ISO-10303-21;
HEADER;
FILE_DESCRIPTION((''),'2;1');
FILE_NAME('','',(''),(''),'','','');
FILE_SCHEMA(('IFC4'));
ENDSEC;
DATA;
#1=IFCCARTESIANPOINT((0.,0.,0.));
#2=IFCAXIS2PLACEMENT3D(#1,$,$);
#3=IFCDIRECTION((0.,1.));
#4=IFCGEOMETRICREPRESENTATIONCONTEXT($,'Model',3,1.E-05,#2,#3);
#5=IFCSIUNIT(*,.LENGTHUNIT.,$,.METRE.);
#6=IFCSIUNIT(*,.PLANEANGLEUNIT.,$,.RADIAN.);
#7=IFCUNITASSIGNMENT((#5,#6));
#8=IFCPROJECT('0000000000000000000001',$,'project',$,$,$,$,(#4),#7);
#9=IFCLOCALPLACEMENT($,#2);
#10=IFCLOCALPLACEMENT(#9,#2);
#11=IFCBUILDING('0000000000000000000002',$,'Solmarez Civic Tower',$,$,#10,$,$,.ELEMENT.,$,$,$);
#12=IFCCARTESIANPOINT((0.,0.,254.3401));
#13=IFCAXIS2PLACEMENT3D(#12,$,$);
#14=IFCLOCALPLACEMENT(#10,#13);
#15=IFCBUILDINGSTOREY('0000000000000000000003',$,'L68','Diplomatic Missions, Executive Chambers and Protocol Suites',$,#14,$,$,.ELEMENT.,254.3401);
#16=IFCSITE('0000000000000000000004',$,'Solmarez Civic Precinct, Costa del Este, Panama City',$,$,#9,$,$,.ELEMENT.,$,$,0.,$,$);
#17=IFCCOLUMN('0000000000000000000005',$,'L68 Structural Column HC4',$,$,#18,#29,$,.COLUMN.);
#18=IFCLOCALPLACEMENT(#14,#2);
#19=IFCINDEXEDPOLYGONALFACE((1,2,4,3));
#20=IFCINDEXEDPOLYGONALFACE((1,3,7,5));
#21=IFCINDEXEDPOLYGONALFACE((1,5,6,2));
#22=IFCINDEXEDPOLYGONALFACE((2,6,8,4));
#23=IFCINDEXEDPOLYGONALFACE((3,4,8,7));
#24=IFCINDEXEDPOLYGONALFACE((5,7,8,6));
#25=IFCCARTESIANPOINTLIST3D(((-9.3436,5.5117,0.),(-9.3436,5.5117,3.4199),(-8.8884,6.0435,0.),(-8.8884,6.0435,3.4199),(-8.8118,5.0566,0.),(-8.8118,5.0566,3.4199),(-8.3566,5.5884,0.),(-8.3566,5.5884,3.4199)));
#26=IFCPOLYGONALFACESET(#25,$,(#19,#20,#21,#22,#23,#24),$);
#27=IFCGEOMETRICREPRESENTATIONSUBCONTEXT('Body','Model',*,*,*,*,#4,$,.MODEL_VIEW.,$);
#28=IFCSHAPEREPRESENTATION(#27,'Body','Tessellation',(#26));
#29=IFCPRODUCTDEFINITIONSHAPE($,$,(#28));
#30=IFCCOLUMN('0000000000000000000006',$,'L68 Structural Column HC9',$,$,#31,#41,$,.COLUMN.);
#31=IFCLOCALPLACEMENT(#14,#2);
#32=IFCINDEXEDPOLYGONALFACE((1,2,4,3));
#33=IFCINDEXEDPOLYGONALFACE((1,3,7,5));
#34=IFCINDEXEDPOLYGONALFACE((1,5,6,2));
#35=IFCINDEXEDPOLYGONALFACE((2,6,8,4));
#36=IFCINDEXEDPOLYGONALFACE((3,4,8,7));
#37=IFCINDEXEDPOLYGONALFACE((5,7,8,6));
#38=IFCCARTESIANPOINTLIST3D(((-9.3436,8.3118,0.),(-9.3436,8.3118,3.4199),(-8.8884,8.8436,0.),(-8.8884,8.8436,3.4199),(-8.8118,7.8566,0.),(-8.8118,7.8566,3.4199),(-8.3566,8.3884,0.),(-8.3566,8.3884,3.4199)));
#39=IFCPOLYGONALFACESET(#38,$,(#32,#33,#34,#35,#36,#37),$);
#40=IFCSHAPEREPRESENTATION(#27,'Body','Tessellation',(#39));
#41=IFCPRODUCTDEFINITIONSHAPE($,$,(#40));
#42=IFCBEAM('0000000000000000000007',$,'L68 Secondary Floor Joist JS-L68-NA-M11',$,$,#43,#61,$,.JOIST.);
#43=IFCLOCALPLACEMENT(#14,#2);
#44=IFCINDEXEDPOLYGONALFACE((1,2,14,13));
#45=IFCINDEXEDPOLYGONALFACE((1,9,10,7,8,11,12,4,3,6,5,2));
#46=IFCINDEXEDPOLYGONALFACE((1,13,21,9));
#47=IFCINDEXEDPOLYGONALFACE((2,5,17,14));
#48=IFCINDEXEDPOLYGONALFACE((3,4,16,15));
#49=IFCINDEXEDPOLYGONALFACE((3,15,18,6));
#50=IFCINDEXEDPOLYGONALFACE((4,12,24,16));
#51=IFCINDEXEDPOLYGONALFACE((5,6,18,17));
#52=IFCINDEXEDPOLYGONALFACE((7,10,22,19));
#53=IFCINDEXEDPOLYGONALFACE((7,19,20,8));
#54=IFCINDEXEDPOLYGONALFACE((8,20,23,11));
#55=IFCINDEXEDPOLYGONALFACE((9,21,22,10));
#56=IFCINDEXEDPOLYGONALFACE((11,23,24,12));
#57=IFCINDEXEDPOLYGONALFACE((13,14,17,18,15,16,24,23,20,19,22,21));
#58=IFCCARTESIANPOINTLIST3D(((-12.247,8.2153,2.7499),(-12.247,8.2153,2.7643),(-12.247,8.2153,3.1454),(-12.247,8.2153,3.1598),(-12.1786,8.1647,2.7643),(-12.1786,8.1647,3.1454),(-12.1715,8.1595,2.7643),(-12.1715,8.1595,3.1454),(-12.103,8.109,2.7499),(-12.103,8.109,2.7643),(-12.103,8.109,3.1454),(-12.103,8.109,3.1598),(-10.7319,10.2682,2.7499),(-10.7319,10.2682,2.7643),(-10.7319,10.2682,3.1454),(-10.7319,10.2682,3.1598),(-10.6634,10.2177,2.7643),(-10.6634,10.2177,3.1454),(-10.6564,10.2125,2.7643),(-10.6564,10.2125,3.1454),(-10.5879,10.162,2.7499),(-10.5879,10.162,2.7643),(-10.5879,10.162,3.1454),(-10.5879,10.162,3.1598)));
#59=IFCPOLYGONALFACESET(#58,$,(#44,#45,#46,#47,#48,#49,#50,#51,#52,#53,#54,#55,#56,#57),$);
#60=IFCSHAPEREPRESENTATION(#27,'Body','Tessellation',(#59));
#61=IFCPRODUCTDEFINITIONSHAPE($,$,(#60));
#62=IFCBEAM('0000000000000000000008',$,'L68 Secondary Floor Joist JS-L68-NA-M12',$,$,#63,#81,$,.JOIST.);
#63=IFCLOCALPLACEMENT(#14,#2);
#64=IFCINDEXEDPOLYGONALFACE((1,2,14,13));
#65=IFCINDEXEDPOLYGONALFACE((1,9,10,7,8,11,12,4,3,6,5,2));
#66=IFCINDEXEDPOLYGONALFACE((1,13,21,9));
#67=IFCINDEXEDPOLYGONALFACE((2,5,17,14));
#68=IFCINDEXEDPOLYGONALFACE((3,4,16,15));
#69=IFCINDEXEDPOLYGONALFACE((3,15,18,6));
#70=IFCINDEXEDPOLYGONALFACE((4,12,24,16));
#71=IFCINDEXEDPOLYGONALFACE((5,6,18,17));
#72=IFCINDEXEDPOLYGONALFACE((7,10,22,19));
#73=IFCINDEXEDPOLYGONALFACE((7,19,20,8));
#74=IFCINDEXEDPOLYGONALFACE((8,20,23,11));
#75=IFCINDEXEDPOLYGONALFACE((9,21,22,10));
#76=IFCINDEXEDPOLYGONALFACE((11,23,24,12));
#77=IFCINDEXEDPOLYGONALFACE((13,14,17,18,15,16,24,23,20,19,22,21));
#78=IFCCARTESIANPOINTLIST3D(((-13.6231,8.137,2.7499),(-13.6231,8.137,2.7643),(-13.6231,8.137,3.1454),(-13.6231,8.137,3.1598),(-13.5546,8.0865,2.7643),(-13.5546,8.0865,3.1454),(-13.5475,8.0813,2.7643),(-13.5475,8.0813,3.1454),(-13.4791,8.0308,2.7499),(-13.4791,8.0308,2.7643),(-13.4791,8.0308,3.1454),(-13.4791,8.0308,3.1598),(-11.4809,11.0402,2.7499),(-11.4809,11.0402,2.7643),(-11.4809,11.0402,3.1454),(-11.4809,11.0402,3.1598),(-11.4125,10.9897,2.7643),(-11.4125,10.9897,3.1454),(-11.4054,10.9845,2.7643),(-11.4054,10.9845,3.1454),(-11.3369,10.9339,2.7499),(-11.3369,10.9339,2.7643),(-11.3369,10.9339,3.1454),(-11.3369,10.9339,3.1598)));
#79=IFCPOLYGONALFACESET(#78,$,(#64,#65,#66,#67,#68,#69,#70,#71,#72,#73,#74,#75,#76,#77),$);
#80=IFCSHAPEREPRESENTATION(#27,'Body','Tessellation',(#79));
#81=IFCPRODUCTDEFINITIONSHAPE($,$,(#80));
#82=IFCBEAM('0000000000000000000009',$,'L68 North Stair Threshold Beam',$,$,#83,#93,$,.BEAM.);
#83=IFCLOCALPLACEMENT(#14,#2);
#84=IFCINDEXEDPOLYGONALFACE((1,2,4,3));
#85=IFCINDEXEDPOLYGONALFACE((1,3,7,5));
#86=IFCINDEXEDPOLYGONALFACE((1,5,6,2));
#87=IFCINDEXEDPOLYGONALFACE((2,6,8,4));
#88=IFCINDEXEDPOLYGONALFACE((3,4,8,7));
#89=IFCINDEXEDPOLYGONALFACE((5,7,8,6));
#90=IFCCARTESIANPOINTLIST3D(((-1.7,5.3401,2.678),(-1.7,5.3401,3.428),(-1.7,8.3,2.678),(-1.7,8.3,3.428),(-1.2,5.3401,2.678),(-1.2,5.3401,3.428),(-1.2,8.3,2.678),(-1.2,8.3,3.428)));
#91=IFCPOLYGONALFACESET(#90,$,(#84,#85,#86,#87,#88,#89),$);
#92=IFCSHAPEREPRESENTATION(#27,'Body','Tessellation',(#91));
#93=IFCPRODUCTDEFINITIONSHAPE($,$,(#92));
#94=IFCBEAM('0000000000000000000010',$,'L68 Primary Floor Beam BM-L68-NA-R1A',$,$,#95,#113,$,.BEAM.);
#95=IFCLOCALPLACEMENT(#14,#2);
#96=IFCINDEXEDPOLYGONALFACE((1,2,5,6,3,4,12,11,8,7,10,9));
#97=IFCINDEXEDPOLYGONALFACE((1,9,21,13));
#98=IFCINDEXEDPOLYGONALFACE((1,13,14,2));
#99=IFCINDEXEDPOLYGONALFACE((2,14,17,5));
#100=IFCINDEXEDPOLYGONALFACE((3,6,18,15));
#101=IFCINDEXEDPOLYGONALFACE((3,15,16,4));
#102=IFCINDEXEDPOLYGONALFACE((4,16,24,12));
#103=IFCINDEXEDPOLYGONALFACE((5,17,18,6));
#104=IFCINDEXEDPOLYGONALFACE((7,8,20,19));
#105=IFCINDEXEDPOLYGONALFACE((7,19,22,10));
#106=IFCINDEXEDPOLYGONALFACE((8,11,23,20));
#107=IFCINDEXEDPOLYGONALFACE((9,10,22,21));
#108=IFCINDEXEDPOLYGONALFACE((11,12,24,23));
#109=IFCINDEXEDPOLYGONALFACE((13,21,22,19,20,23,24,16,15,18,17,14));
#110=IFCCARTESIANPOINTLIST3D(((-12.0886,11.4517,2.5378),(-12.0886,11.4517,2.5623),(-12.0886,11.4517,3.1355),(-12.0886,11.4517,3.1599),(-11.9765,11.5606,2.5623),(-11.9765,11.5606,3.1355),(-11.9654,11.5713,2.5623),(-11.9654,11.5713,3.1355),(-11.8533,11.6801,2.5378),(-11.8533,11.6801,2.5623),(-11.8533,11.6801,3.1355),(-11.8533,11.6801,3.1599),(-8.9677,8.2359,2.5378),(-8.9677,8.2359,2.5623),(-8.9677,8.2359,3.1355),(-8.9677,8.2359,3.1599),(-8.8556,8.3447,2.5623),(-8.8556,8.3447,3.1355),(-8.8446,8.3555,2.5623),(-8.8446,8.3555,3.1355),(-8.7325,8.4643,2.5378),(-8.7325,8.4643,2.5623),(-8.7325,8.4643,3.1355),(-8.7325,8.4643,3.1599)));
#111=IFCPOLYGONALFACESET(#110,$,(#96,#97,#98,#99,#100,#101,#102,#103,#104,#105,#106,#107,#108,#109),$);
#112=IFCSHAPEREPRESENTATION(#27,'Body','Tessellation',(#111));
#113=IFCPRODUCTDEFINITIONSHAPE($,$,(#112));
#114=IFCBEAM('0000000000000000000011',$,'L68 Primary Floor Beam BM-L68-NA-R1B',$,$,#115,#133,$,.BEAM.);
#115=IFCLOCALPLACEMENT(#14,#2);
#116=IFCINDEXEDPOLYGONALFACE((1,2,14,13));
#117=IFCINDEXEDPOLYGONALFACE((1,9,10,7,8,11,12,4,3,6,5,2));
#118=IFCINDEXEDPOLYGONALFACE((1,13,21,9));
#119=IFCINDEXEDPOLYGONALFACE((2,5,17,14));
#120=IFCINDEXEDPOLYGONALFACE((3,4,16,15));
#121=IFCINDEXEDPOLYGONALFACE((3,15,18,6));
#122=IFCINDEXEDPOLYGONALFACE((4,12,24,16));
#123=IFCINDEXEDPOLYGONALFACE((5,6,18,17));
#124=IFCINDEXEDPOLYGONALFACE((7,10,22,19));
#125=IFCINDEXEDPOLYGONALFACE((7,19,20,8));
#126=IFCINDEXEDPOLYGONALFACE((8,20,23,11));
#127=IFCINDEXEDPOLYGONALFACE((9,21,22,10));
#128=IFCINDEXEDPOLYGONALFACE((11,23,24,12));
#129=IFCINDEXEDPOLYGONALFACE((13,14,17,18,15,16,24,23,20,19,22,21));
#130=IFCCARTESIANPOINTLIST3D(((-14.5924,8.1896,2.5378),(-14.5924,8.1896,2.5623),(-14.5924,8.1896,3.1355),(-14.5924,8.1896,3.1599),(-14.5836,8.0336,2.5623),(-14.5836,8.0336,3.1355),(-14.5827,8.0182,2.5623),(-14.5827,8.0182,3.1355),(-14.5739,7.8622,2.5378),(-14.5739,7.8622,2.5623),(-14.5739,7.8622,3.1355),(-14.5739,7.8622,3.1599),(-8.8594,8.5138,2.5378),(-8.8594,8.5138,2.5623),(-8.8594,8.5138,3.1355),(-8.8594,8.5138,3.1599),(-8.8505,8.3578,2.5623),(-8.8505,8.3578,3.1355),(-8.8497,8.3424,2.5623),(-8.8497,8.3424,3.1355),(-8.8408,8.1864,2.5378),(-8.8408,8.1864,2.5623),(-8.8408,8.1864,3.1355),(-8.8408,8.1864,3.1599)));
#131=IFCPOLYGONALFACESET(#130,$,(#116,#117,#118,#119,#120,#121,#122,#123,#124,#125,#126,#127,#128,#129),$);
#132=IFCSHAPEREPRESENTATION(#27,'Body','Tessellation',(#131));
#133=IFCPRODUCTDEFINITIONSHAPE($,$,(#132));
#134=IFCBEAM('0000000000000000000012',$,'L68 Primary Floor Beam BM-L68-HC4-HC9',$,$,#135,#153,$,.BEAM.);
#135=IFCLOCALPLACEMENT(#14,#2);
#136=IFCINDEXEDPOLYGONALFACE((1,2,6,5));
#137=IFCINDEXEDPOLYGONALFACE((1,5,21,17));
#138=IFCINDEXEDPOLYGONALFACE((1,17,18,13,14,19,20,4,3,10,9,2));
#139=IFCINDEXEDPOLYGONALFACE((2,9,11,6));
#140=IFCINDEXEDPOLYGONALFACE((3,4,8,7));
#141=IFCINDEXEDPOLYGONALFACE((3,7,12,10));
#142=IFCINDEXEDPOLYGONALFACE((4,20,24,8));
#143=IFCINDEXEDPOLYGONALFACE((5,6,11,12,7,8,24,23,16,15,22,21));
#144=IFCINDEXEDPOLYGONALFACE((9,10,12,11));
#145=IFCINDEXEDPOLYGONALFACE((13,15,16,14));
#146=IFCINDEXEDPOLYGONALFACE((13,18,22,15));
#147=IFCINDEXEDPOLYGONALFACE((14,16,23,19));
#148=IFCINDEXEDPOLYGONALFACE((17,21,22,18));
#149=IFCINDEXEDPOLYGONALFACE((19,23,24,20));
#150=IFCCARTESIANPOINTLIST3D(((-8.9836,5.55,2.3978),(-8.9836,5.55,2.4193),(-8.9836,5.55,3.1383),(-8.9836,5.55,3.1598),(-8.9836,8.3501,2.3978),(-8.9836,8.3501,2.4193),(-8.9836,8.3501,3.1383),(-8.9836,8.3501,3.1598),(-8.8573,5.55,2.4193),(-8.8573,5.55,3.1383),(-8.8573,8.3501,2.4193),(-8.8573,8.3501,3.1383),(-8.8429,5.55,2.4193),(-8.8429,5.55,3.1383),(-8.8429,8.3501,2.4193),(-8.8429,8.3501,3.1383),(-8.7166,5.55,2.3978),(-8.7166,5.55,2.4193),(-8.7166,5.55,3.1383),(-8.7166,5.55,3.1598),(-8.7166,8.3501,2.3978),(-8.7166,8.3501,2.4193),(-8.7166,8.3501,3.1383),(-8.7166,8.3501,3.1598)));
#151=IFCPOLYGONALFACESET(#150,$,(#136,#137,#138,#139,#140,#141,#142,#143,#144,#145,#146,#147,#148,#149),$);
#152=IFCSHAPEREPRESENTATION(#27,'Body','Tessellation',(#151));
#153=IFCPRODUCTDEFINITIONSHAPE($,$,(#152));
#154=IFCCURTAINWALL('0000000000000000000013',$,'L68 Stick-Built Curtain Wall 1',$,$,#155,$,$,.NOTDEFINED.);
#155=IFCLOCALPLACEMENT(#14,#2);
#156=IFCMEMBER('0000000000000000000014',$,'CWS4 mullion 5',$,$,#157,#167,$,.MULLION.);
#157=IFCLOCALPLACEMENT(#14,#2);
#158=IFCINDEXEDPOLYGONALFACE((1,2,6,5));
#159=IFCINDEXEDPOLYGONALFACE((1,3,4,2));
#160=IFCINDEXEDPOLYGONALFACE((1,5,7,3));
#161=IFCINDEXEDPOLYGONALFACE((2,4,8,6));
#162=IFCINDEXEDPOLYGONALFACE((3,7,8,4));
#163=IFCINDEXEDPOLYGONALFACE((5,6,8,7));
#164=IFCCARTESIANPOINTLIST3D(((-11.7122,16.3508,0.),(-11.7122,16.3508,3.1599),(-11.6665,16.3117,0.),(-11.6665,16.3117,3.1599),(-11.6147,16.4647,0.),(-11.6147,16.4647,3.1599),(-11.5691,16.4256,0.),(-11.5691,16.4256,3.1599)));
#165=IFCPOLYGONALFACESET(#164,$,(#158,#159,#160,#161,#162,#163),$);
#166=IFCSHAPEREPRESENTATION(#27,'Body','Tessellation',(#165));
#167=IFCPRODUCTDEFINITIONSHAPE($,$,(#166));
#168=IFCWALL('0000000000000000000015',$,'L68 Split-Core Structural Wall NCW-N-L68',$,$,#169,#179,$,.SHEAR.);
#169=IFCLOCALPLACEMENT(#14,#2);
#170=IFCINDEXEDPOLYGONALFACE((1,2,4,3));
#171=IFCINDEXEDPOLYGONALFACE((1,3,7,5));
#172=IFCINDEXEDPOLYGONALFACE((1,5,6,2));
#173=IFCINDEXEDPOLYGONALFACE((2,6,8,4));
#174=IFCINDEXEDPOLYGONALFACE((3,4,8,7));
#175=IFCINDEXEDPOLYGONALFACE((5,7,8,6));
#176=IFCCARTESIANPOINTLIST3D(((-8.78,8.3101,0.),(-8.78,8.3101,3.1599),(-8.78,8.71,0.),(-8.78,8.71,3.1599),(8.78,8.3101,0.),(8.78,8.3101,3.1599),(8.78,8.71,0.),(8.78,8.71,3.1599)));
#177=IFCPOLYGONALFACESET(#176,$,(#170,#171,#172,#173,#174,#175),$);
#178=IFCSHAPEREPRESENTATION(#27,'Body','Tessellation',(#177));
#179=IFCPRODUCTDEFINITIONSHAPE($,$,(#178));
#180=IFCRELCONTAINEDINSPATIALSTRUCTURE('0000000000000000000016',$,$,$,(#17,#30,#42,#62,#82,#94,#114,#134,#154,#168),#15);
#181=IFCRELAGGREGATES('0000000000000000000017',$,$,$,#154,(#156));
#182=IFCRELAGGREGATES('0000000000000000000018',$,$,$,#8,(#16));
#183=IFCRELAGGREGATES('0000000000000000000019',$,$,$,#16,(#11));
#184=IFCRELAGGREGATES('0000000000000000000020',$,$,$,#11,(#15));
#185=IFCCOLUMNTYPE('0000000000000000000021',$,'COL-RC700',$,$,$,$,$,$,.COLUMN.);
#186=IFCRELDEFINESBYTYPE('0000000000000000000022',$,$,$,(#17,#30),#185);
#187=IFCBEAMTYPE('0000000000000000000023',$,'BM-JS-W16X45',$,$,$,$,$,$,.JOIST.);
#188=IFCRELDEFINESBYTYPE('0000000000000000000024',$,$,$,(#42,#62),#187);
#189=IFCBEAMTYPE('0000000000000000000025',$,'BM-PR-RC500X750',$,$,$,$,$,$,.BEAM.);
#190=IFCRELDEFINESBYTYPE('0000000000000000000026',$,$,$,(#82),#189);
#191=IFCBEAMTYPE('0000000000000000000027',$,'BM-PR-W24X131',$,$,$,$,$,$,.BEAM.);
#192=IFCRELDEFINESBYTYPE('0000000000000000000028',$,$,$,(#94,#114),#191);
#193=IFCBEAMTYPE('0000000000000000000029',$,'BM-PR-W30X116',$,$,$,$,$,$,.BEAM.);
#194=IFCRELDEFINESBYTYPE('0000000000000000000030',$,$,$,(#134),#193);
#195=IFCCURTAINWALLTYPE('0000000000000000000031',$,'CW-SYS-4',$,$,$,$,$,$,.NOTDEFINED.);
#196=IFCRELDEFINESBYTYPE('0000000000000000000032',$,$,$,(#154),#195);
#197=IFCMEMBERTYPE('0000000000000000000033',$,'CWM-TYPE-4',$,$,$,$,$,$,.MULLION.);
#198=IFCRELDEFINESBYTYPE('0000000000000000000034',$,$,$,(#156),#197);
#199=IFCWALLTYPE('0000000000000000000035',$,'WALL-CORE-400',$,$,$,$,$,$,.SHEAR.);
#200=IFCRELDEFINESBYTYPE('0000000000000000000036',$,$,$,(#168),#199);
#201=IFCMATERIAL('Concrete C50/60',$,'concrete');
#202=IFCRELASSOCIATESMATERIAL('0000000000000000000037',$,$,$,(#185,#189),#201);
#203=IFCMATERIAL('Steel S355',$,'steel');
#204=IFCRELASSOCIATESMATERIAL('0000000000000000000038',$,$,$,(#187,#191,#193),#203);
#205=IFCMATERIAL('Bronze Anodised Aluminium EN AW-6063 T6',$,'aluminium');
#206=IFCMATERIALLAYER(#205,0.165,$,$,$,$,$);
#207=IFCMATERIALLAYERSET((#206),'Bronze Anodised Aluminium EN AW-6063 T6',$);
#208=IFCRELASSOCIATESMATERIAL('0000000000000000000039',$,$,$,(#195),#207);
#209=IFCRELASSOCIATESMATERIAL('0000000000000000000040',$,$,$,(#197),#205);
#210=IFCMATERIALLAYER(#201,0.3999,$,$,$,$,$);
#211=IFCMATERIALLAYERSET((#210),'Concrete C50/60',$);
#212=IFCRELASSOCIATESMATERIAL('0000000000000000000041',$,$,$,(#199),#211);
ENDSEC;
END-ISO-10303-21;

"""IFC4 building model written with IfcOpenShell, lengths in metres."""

from ifc_helpers import new_model, si_unit, direction, frame, frame_2d, origin, origin_2d, place, context, subcontext, project, spatial, rectangle, i_section, extrude, material, layer, layer_set, material_profile, profile_set, type_object, element, aggregate, save


model = new_model("IFC4")

# Units and contexts
model_context = context("Model", 3, precision=1e-05, world=origin(), true_north=direction((0.0, 1.0)))
body_context = subcontext(model_context, "Body", "Model", "MODEL_VIEW")
ifc_project = project(units=[si_unit("LENGTHUNIT", "METRE"), si_unit("PLANEANGLEUNIT", "RADIAN")], contexts=[model_context])

# Site, building, storey
site_placement = place(None, origin())
site = spatial("IfcSite", under=ifc_project, at=site_placement, Name="Solmarez Civic Precinct, Costa del Este, Panama City", CompositionType="ELEMENT", RefElevation=0.0)
building_placement = place(site_placement, origin())
building = spatial("IfcBuilding", under=site, at=building_placement, Name="Solmarez Civic Tower", CompositionType="ELEMENT")
storey_placement = place(building_placement, frame((0.0, 0.0, 254.3401)))
storey = spatial("IfcBuildingStorey", under=building, at=storey_placement, Name="L68", Description="Diplomatic Missions, Executive Chambers and Protocol Suites", CompositionType="ELEMENT", Elevation=254.3401)

# Columns
ifc_material_1 = material(Name="Concrete C50/60", Category="concrete")
ifc_material_profile_1 = material_profile(ifc_material_1, rectangle(XDim=0.7, YDim=0.7, at=origin_2d()), Name="RC700X700")
ifc_profile_set_1 = profile_set([ifc_material_profile_1], Name="Concrete C50/60")
column_type = type_object("IfcColumnType", Name="COL-RC700", PredefinedType="COLUMN", material=ifc_profile_set_1)
for number, where, z_axis, x_axis, name in (
    (1, (-8.8501, 5.55, 0.0), (0.0, 0.0, 1.0), (0.650244, 0.759725, 0.0), "L68 Structural Column HC4"),
    (2, (-8.8501, 8.3501, 0.0), (0.0, 0.0, 1.0), (0.650244, 0.759725, 0.0), "L68 Structural Column HC9"),
):
    element("IfcColumn", number, at=place(storey_placement, frame(where, z_axis=z_axis, x_axis=x_axis)), inside=storey, type_object=column_type, Name=name, PredefinedType="COLUMN", context=body_context, shape_type="SweptSolid", body=[
        extrude(rectangle(XDim=0.7, YDim=0.7, at=origin_2d()), origin(), (0.0, 0.0, 1.0), 3.4199),
    ])

# Beams
ifc_material_2 = material(Name="Steel S355", Category="steel")
ifc_material_profile_2 = material_profile(ifc_material_2, i_section(OverallWidth=0.179, OverallDepth=0.4099, WebThickness=0.0088, FlangeThickness=0.0144, at=origin_2d()), Name="W16X45")
ifc_profile_set_2 = profile_set([ifc_material_profile_2], Name="Steel S355")
beam_type_1 = type_object("IfcBeamType", Name="BM-JS-W16X45", PredefinedType="JOIST", material=ifc_profile_set_2)
beam_1_placement = place(storey_placement, frame((-10.6599, 10.2151, 2.9548), z_axis=(-0.593812, -0.804603, 0.0), x_axis=(0.804603, -0.593812, 0.0)))
element("IfcBeam", 3, at=beam_1_placement, inside=storey, type_object=beam_type_1, Name="L68 Secondary Floor Joist JS-L68-NA-M11", PredefinedType="JOIST", context=body_context, shape_type="SweptSolid", body=[
    extrude(i_section(OverallWidth=0.179, OverallDepth=0.4099, WebThickness=0.0088, FlangeThickness=0.0144, at=origin_2d()), origin(), (0.0, 0.0, 1.0), 2.5515),
])
beam_2_placement = place(storey_placement, frame((-11.4089, 10.9871, 2.9548), z_axis=(-0.593734, -0.804661, 0.0), x_axis=(0.804661, -0.593734, 0.0)))
element("IfcBeam", 4, at=beam_2_placement, inside=storey, type_object=beam_type_1, Name="L68 Secondary Floor Joist JS-L68-NA-M12", PredefinedType="JOIST", context=body_context, shape_type="SweptSolid", body=[
    extrude(i_section(OverallWidth=0.179, OverallDepth=0.4099, WebThickness=0.0088, FlangeThickness=0.0144, at=origin_2d()), origin(), (0.0, 0.0, 1.0), 3.6079),
])
ifc_material_profile_3 = material_profile(ifc_material_1, rectangle(XDim=0.5, YDim=0.75, at=origin_2d()), Name="RC500X750")
ifc_profile_set_3 = profile_set([ifc_material_profile_3], Name="Concrete C50/60")
beam_type_2 = type_object("IfcBeamType", Name="BM-PR-RC500X750", PredefinedType="BEAM", material=ifc_profile_set_3)
beam_3_placement = place(storey_placement, frame((-1.45, 5.3401, 3.053), z_axis=(0.0, 1.0, 0.0), x_axis=(-1.0, 0.0, 0.0)))
element("IfcBeam", 5, at=beam_3_placement, inside=storey, type_object=beam_type_2, Name="L68 North Stair Threshold Beam", PredefinedType="BEAM", context=body_context, shape_type="SweptSolid", body=[
    extrude(rectangle(XDim=0.5, YDim=0.75, at=origin_2d()), origin(), (0.0, 0.0, 1.0), 2.96),
])
ifc_material_profile_4 = material_profile(ifc_material_2, i_section(OverallWidth=0.3279, OverallDepth=0.6221, WebThickness=0.0154, FlangeThickness=0.0244, at=origin_2d()), Name="W24X131")
ifc_profile_set_4 = profile_set([ifc_material_profile_4], Name="Steel S355")
beam_type_3 = type_object("IfcBeamType", Name="BM-PR-W24X131", PredefinedType="BEAM", material=ifc_profile_set_4)
beam_4_placement = place(storey_placement, frame((-8.8501, 8.3501, 2.8489), z_axis=(-0.696431, 0.717624, 0.0), x_axis=(-0.717624, -0.696431, 0.0)))
element("IfcBeam", 6, at=beam_4_placement, inside=storey, type_object=beam_type_3, Name="L68 Primary Floor Beam BM-L68-NA-R1A", PredefinedType="BEAM", context=body_context, shape_type="SweptSolid", body=[
    extrude(i_section(OverallWidth=0.3279, OverallDepth=0.6221, WebThickness=0.0154, FlangeThickness=0.0244, at=origin_2d()), origin(), (0.0, 0.0, 1.0), 4.4812),
])
beam_5_placement = place(storey_placement, frame((-8.8501, 8.3501, 2.8489), z_axis=(-0.998405, -0.056464, 0.0), x_axis=(0.056464, -0.998405, 0.0)))
element("IfcBeam", 7, at=beam_5_placement, inside=storey, type_object=beam_type_3, Name="L68 Primary Floor Beam BM-L68-NA-R1B", PredefinedType="BEAM", context=body_context, shape_type="SweptSolid", body=[
    extrude(i_section(OverallWidth=0.3279, OverallDepth=0.6221, WebThickness=0.0154, FlangeThickness=0.0244, at=origin_2d()), origin(), (0.0, 0.0, 1.0), 5.7422),
])
ifc_material_profile_5 = material_profile(ifc_material_2, i_section(OverallWidth=0.2671, OverallDepth=0.762, WebThickness=0.0144, FlangeThickness=0.0215, at=origin_2d()), Name="W30X116")
ifc_profile_set_5 = profile_set([ifc_material_profile_5], Name="Steel S355")
beam_type_4 = type_object("IfcBeamType", Name="BM-PR-W30X116", PredefinedType="BEAM", material=ifc_profile_set_5)
beam_6_placement = place(storey_placement, frame((-8.8501, 5.55, 2.7788), z_axis=(0.0, 1.0, 0.0), x_axis=(-1.0, 0.0, 0.0)))
element("IfcBeam", 8, at=beam_6_placement, inside=storey, type_object=beam_type_4, Name="L68 Primary Floor Beam BM-L68-HC4-HC9", PredefinedType="BEAM", context=body_context, shape_type="SweptSolid", body=[
    extrude(i_section(OverallWidth=0.2671, OverallDepth=0.762, WebThickness=0.0144, FlangeThickness=0.0215, at=origin_2d()), origin(), (0.0, 0.0, 1.0), 2.8),
])

# Curtain wall, member
ifc_material_3 = material(Name="Bronze Anodised Aluminium EN AW-6063 T6", Category="aluminium")
ifc_layer_1 = layer(ifc_material_3, 0.165)
ifc_layer_set_1 = layer_set([ifc_layer_1], Name="Bronze Anodised Aluminium EN AW-6063 T6")
curtain_wall_type = type_object("IfcCurtainWallType", Name="CW-SYS-4", PredefinedType="NOTDEFINED", material=ifc_layer_set_1)
curtain_wall_placement = place(storey_placement, origin())
curtain_wall = element("IfcCurtainWall", 9, at=curtain_wall_placement, inside=storey, type_object=curtain_wall_type, Name="L68 Stick-Built Curtain Wall 1", PredefinedType="NOTDEFINED")
ifc_material_profile_6 = material_profile(ifc_material_3, rectangle(XDim=0.0601, YDim=0.1499, at=origin_2d()), Name="CWM-60X150")
ifc_profile_set_6 = profile_set([ifc_material_profile_6], Name="Bronze Anodised Aluminium EN AW-6063 T6")
member_type = type_object("IfcMemberType", Name="CWM-TYPE-4", PredefinedType="MULLION", material=ifc_profile_set_6)
member_placement = place(storey_placement, frame((-11.6406, 16.3882, 0.0), z_axis=(0.0, 0.0, 1.0), x_axis=(-0.75975, 0.650215, 0.0)))
member = element("IfcMember", 10, at=member_placement, type_object=member_type, Name="CWS4 mullion 5", PredefinedType="MULLION", context=body_context, shape_type="SweptSolid", body=[
    extrude(rectangle(XDim=0.0601, YDim=0.1499, at=origin_2d()), origin(), (0.0, 0.0, 1.0), 3.1599),
])
aggregate(curtain_wall, [member])

# Wall
ifc_layer_2 = layer(ifc_material_1, 0.3999)
ifc_layer_set_2 = layer_set([ifc_layer_2], Name="Concrete C50/60")
wall_type_1 = type_object("IfcWallType", Name="WALL-CORE-400", PredefinedType="SHEAR", material=ifc_layer_set_2)
wall_1_placement = place(storey_placement, frame((-8.78, 8.51, 0.0), z_axis=(0.0, 0.0, 1.0), x_axis=(1.0, 0.0, 0.0)))
element("IfcWall", 11, at=wall_1_placement, inside=storey, type_object=wall_type_1, Name="L68 Split-Core Structural Wall NCW-N-L68", PredefinedType="SHEAR", context=body_context, shape_type="SweptSolid", body=[
    extrude(rectangle(XDim=17.5601, YDim=0.3999, at=frame_2d((8.78, 0.0))), origin(), (0.0, 0.0, 1.0), 3.1599),
])

save(model, "model.ifc")
